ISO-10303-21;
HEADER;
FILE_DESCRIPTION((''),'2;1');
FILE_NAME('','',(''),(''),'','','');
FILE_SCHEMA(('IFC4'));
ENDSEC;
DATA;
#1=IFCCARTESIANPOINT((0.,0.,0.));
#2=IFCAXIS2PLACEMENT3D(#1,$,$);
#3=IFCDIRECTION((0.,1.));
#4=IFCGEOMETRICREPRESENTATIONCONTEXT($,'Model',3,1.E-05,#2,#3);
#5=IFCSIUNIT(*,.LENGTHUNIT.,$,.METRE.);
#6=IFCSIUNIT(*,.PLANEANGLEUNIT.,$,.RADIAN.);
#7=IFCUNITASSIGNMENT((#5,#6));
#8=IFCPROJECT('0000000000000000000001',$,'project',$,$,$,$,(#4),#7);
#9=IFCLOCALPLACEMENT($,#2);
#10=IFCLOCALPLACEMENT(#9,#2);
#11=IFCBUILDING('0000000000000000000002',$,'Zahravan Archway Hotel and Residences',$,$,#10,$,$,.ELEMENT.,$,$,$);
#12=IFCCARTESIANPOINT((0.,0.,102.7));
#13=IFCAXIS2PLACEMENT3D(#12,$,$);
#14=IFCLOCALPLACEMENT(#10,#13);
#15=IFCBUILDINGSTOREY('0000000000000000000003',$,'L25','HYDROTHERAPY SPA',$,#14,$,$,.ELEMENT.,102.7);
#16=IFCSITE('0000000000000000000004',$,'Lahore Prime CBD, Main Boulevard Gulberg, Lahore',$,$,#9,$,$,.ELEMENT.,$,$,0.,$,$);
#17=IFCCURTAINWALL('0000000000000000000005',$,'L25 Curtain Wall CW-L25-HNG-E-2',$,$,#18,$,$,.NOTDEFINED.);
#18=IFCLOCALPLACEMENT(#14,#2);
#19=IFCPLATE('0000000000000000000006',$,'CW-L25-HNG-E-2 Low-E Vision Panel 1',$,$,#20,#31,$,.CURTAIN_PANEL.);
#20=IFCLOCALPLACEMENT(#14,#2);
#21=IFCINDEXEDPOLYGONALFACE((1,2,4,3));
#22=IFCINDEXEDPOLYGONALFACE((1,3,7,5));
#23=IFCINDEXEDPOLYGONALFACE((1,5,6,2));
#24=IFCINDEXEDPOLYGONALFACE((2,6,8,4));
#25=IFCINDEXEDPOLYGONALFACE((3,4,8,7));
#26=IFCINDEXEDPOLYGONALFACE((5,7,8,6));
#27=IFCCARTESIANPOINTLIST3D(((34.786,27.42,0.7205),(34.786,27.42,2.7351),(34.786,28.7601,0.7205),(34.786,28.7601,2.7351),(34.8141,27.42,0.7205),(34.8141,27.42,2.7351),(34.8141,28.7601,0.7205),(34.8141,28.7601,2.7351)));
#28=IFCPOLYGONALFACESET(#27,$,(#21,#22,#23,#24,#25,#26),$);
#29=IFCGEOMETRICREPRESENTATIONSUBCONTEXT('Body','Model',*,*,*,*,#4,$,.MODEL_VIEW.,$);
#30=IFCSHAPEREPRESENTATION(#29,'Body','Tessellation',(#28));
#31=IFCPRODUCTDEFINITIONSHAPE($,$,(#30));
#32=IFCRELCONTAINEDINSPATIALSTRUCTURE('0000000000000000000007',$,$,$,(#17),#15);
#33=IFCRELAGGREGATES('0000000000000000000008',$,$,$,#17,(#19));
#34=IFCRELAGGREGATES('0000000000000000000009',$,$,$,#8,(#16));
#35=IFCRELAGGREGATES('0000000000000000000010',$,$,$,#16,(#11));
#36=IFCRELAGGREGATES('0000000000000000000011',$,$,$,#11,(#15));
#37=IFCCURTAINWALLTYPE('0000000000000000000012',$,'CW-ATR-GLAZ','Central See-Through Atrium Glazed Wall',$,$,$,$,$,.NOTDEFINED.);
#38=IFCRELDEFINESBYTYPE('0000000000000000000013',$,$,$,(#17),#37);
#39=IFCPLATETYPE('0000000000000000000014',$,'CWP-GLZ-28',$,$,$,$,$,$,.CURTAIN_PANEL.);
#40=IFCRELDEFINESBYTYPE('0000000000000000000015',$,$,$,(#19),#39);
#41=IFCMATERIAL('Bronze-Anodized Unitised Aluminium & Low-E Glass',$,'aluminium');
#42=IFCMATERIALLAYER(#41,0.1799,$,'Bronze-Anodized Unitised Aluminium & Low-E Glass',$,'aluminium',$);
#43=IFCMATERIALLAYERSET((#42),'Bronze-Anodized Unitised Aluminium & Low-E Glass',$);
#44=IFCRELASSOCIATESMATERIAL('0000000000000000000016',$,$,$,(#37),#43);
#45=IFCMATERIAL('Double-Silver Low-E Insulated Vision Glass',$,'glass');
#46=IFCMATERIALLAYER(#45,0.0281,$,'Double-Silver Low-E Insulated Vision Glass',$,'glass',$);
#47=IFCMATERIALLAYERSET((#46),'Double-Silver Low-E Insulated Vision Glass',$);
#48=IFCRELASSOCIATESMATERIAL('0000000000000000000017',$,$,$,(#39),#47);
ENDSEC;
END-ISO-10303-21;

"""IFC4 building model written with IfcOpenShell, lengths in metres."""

from ifc_helpers import new_model, si_unit, direction, frame, origin, origin_2d, place, context, subcontext, project, spatial, rectangle, extrude, source, transform, mapped, material, layer, layer_set, type_object, element, aggregate, save


model = new_model("IFC4")

# Units and contexts
model_context = context("Model", 3, precision=1e-05, world=origin(), true_north=direction((0.0, 1.0)))
body_context = subcontext(model_context, "Body", "Model", "MODEL_VIEW")
ifc_project = project(units=[si_unit("LENGTHUNIT", "METRE"), si_unit("PLANEANGLEUNIT", "RADIAN")], contexts=[model_context])

# Site, building, storey
site_placement = place(None, origin())
site = spatial("IfcSite", under=ifc_project, at=site_placement, Name="Lahore Prime CBD, Main Boulevard Gulberg, Lahore", CompositionType="ELEMENT", RefElevation=0.0)
building_placement = place(site_placement, origin())
building = spatial("IfcBuilding", under=site, at=building_placement, Name="Zahravan Archway Hotel and Residences", CompositionType="ELEMENT")
storey_placement = place(building_placement, frame((0.0, 0.0, 102.7)))
storey = spatial("IfcBuildingStorey", under=building, at=storey_placement, Name="L25", Description="HYDROTHERAPY SPA", CompositionType="ELEMENT", Elevation=102.7)

# Curtain wall, plate
ifc_material_1 = material(Name="Bronze-Anodized Unitised Aluminium & Low-E Glass", Category="aluminium")
ifc_layer_1 = layer(ifc_material_1, 0.1799, Name="Bronze-Anodized Unitised Aluminium & Low-E Glass", Category="aluminium")
ifc_layer_set_1 = layer_set([ifc_layer_1], Name="Bronze-Anodized Unitised Aluminium & Low-E Glass")
curtain_wall_type = type_object("IfcCurtainWallType", Name="CW-ATR-GLAZ", Description="Central See-Through Atrium Glazed Wall", PredefinedType="NOTDEFINED", material=ifc_layer_set_1)
curtain_wall_placement = place(storey_placement, origin())
curtain_wall = element("IfcCurtainWall", 1, at=curtain_wall_placement, inside=storey, type_object=curtain_wall_type, Name="L25 Curtain Wall CW-L25-HNG-E-2", PredefinedType="NOTDEFINED")
ifc_material_2 = material(Name="Double-Silver Low-E Insulated Vision Glass", Category="glass")
ifc_layer_2 = layer(ifc_material_2, 0.0281, Name="Double-Silver Low-E Insulated Vision Glass", Category="glass")
ifc_layer_set_2 = layer_set([ifc_layer_2], Name="Double-Silver Low-E Insulated Vision Glass")
plate_type_1 = type_object("IfcPlateType", Name="CWP-GLZ-28", PredefinedType="CURTAIN_PANEL", material=ifc_layer_set_2)
shared_shape_1 = source(origin(), body_context, "Body", "SweptSolid", [
    extrude(rectangle(XDim=1.3401, YDim=0.0281, at=origin_2d()), origin(), (0.0, 0.0, 1.0), 2.0146),
])
plate_1_placement = place(storey_placement, frame((34.8, 28.0901, 0.7205), z_axis=(0.0, 0.0, 1.0), x_axis=(0.0, 1.0, 0.0)))
plate_1 = element("IfcPlate", 2, at=plate_1_placement, type_object=plate_type_1, Name="CW-L25-HNG-E-2 Low-E Vision Panel 1", PredefinedType="CURTAIN_PANEL", context=body_context, shape_type="MappedRepresentation", body=[
    mapped(shared_shape_1, transform((0.0, 0.0, 0.0), scale=1.0)),
])
aggregate(curtain_wall, [plate_1])

save(model, "model.ifc")
